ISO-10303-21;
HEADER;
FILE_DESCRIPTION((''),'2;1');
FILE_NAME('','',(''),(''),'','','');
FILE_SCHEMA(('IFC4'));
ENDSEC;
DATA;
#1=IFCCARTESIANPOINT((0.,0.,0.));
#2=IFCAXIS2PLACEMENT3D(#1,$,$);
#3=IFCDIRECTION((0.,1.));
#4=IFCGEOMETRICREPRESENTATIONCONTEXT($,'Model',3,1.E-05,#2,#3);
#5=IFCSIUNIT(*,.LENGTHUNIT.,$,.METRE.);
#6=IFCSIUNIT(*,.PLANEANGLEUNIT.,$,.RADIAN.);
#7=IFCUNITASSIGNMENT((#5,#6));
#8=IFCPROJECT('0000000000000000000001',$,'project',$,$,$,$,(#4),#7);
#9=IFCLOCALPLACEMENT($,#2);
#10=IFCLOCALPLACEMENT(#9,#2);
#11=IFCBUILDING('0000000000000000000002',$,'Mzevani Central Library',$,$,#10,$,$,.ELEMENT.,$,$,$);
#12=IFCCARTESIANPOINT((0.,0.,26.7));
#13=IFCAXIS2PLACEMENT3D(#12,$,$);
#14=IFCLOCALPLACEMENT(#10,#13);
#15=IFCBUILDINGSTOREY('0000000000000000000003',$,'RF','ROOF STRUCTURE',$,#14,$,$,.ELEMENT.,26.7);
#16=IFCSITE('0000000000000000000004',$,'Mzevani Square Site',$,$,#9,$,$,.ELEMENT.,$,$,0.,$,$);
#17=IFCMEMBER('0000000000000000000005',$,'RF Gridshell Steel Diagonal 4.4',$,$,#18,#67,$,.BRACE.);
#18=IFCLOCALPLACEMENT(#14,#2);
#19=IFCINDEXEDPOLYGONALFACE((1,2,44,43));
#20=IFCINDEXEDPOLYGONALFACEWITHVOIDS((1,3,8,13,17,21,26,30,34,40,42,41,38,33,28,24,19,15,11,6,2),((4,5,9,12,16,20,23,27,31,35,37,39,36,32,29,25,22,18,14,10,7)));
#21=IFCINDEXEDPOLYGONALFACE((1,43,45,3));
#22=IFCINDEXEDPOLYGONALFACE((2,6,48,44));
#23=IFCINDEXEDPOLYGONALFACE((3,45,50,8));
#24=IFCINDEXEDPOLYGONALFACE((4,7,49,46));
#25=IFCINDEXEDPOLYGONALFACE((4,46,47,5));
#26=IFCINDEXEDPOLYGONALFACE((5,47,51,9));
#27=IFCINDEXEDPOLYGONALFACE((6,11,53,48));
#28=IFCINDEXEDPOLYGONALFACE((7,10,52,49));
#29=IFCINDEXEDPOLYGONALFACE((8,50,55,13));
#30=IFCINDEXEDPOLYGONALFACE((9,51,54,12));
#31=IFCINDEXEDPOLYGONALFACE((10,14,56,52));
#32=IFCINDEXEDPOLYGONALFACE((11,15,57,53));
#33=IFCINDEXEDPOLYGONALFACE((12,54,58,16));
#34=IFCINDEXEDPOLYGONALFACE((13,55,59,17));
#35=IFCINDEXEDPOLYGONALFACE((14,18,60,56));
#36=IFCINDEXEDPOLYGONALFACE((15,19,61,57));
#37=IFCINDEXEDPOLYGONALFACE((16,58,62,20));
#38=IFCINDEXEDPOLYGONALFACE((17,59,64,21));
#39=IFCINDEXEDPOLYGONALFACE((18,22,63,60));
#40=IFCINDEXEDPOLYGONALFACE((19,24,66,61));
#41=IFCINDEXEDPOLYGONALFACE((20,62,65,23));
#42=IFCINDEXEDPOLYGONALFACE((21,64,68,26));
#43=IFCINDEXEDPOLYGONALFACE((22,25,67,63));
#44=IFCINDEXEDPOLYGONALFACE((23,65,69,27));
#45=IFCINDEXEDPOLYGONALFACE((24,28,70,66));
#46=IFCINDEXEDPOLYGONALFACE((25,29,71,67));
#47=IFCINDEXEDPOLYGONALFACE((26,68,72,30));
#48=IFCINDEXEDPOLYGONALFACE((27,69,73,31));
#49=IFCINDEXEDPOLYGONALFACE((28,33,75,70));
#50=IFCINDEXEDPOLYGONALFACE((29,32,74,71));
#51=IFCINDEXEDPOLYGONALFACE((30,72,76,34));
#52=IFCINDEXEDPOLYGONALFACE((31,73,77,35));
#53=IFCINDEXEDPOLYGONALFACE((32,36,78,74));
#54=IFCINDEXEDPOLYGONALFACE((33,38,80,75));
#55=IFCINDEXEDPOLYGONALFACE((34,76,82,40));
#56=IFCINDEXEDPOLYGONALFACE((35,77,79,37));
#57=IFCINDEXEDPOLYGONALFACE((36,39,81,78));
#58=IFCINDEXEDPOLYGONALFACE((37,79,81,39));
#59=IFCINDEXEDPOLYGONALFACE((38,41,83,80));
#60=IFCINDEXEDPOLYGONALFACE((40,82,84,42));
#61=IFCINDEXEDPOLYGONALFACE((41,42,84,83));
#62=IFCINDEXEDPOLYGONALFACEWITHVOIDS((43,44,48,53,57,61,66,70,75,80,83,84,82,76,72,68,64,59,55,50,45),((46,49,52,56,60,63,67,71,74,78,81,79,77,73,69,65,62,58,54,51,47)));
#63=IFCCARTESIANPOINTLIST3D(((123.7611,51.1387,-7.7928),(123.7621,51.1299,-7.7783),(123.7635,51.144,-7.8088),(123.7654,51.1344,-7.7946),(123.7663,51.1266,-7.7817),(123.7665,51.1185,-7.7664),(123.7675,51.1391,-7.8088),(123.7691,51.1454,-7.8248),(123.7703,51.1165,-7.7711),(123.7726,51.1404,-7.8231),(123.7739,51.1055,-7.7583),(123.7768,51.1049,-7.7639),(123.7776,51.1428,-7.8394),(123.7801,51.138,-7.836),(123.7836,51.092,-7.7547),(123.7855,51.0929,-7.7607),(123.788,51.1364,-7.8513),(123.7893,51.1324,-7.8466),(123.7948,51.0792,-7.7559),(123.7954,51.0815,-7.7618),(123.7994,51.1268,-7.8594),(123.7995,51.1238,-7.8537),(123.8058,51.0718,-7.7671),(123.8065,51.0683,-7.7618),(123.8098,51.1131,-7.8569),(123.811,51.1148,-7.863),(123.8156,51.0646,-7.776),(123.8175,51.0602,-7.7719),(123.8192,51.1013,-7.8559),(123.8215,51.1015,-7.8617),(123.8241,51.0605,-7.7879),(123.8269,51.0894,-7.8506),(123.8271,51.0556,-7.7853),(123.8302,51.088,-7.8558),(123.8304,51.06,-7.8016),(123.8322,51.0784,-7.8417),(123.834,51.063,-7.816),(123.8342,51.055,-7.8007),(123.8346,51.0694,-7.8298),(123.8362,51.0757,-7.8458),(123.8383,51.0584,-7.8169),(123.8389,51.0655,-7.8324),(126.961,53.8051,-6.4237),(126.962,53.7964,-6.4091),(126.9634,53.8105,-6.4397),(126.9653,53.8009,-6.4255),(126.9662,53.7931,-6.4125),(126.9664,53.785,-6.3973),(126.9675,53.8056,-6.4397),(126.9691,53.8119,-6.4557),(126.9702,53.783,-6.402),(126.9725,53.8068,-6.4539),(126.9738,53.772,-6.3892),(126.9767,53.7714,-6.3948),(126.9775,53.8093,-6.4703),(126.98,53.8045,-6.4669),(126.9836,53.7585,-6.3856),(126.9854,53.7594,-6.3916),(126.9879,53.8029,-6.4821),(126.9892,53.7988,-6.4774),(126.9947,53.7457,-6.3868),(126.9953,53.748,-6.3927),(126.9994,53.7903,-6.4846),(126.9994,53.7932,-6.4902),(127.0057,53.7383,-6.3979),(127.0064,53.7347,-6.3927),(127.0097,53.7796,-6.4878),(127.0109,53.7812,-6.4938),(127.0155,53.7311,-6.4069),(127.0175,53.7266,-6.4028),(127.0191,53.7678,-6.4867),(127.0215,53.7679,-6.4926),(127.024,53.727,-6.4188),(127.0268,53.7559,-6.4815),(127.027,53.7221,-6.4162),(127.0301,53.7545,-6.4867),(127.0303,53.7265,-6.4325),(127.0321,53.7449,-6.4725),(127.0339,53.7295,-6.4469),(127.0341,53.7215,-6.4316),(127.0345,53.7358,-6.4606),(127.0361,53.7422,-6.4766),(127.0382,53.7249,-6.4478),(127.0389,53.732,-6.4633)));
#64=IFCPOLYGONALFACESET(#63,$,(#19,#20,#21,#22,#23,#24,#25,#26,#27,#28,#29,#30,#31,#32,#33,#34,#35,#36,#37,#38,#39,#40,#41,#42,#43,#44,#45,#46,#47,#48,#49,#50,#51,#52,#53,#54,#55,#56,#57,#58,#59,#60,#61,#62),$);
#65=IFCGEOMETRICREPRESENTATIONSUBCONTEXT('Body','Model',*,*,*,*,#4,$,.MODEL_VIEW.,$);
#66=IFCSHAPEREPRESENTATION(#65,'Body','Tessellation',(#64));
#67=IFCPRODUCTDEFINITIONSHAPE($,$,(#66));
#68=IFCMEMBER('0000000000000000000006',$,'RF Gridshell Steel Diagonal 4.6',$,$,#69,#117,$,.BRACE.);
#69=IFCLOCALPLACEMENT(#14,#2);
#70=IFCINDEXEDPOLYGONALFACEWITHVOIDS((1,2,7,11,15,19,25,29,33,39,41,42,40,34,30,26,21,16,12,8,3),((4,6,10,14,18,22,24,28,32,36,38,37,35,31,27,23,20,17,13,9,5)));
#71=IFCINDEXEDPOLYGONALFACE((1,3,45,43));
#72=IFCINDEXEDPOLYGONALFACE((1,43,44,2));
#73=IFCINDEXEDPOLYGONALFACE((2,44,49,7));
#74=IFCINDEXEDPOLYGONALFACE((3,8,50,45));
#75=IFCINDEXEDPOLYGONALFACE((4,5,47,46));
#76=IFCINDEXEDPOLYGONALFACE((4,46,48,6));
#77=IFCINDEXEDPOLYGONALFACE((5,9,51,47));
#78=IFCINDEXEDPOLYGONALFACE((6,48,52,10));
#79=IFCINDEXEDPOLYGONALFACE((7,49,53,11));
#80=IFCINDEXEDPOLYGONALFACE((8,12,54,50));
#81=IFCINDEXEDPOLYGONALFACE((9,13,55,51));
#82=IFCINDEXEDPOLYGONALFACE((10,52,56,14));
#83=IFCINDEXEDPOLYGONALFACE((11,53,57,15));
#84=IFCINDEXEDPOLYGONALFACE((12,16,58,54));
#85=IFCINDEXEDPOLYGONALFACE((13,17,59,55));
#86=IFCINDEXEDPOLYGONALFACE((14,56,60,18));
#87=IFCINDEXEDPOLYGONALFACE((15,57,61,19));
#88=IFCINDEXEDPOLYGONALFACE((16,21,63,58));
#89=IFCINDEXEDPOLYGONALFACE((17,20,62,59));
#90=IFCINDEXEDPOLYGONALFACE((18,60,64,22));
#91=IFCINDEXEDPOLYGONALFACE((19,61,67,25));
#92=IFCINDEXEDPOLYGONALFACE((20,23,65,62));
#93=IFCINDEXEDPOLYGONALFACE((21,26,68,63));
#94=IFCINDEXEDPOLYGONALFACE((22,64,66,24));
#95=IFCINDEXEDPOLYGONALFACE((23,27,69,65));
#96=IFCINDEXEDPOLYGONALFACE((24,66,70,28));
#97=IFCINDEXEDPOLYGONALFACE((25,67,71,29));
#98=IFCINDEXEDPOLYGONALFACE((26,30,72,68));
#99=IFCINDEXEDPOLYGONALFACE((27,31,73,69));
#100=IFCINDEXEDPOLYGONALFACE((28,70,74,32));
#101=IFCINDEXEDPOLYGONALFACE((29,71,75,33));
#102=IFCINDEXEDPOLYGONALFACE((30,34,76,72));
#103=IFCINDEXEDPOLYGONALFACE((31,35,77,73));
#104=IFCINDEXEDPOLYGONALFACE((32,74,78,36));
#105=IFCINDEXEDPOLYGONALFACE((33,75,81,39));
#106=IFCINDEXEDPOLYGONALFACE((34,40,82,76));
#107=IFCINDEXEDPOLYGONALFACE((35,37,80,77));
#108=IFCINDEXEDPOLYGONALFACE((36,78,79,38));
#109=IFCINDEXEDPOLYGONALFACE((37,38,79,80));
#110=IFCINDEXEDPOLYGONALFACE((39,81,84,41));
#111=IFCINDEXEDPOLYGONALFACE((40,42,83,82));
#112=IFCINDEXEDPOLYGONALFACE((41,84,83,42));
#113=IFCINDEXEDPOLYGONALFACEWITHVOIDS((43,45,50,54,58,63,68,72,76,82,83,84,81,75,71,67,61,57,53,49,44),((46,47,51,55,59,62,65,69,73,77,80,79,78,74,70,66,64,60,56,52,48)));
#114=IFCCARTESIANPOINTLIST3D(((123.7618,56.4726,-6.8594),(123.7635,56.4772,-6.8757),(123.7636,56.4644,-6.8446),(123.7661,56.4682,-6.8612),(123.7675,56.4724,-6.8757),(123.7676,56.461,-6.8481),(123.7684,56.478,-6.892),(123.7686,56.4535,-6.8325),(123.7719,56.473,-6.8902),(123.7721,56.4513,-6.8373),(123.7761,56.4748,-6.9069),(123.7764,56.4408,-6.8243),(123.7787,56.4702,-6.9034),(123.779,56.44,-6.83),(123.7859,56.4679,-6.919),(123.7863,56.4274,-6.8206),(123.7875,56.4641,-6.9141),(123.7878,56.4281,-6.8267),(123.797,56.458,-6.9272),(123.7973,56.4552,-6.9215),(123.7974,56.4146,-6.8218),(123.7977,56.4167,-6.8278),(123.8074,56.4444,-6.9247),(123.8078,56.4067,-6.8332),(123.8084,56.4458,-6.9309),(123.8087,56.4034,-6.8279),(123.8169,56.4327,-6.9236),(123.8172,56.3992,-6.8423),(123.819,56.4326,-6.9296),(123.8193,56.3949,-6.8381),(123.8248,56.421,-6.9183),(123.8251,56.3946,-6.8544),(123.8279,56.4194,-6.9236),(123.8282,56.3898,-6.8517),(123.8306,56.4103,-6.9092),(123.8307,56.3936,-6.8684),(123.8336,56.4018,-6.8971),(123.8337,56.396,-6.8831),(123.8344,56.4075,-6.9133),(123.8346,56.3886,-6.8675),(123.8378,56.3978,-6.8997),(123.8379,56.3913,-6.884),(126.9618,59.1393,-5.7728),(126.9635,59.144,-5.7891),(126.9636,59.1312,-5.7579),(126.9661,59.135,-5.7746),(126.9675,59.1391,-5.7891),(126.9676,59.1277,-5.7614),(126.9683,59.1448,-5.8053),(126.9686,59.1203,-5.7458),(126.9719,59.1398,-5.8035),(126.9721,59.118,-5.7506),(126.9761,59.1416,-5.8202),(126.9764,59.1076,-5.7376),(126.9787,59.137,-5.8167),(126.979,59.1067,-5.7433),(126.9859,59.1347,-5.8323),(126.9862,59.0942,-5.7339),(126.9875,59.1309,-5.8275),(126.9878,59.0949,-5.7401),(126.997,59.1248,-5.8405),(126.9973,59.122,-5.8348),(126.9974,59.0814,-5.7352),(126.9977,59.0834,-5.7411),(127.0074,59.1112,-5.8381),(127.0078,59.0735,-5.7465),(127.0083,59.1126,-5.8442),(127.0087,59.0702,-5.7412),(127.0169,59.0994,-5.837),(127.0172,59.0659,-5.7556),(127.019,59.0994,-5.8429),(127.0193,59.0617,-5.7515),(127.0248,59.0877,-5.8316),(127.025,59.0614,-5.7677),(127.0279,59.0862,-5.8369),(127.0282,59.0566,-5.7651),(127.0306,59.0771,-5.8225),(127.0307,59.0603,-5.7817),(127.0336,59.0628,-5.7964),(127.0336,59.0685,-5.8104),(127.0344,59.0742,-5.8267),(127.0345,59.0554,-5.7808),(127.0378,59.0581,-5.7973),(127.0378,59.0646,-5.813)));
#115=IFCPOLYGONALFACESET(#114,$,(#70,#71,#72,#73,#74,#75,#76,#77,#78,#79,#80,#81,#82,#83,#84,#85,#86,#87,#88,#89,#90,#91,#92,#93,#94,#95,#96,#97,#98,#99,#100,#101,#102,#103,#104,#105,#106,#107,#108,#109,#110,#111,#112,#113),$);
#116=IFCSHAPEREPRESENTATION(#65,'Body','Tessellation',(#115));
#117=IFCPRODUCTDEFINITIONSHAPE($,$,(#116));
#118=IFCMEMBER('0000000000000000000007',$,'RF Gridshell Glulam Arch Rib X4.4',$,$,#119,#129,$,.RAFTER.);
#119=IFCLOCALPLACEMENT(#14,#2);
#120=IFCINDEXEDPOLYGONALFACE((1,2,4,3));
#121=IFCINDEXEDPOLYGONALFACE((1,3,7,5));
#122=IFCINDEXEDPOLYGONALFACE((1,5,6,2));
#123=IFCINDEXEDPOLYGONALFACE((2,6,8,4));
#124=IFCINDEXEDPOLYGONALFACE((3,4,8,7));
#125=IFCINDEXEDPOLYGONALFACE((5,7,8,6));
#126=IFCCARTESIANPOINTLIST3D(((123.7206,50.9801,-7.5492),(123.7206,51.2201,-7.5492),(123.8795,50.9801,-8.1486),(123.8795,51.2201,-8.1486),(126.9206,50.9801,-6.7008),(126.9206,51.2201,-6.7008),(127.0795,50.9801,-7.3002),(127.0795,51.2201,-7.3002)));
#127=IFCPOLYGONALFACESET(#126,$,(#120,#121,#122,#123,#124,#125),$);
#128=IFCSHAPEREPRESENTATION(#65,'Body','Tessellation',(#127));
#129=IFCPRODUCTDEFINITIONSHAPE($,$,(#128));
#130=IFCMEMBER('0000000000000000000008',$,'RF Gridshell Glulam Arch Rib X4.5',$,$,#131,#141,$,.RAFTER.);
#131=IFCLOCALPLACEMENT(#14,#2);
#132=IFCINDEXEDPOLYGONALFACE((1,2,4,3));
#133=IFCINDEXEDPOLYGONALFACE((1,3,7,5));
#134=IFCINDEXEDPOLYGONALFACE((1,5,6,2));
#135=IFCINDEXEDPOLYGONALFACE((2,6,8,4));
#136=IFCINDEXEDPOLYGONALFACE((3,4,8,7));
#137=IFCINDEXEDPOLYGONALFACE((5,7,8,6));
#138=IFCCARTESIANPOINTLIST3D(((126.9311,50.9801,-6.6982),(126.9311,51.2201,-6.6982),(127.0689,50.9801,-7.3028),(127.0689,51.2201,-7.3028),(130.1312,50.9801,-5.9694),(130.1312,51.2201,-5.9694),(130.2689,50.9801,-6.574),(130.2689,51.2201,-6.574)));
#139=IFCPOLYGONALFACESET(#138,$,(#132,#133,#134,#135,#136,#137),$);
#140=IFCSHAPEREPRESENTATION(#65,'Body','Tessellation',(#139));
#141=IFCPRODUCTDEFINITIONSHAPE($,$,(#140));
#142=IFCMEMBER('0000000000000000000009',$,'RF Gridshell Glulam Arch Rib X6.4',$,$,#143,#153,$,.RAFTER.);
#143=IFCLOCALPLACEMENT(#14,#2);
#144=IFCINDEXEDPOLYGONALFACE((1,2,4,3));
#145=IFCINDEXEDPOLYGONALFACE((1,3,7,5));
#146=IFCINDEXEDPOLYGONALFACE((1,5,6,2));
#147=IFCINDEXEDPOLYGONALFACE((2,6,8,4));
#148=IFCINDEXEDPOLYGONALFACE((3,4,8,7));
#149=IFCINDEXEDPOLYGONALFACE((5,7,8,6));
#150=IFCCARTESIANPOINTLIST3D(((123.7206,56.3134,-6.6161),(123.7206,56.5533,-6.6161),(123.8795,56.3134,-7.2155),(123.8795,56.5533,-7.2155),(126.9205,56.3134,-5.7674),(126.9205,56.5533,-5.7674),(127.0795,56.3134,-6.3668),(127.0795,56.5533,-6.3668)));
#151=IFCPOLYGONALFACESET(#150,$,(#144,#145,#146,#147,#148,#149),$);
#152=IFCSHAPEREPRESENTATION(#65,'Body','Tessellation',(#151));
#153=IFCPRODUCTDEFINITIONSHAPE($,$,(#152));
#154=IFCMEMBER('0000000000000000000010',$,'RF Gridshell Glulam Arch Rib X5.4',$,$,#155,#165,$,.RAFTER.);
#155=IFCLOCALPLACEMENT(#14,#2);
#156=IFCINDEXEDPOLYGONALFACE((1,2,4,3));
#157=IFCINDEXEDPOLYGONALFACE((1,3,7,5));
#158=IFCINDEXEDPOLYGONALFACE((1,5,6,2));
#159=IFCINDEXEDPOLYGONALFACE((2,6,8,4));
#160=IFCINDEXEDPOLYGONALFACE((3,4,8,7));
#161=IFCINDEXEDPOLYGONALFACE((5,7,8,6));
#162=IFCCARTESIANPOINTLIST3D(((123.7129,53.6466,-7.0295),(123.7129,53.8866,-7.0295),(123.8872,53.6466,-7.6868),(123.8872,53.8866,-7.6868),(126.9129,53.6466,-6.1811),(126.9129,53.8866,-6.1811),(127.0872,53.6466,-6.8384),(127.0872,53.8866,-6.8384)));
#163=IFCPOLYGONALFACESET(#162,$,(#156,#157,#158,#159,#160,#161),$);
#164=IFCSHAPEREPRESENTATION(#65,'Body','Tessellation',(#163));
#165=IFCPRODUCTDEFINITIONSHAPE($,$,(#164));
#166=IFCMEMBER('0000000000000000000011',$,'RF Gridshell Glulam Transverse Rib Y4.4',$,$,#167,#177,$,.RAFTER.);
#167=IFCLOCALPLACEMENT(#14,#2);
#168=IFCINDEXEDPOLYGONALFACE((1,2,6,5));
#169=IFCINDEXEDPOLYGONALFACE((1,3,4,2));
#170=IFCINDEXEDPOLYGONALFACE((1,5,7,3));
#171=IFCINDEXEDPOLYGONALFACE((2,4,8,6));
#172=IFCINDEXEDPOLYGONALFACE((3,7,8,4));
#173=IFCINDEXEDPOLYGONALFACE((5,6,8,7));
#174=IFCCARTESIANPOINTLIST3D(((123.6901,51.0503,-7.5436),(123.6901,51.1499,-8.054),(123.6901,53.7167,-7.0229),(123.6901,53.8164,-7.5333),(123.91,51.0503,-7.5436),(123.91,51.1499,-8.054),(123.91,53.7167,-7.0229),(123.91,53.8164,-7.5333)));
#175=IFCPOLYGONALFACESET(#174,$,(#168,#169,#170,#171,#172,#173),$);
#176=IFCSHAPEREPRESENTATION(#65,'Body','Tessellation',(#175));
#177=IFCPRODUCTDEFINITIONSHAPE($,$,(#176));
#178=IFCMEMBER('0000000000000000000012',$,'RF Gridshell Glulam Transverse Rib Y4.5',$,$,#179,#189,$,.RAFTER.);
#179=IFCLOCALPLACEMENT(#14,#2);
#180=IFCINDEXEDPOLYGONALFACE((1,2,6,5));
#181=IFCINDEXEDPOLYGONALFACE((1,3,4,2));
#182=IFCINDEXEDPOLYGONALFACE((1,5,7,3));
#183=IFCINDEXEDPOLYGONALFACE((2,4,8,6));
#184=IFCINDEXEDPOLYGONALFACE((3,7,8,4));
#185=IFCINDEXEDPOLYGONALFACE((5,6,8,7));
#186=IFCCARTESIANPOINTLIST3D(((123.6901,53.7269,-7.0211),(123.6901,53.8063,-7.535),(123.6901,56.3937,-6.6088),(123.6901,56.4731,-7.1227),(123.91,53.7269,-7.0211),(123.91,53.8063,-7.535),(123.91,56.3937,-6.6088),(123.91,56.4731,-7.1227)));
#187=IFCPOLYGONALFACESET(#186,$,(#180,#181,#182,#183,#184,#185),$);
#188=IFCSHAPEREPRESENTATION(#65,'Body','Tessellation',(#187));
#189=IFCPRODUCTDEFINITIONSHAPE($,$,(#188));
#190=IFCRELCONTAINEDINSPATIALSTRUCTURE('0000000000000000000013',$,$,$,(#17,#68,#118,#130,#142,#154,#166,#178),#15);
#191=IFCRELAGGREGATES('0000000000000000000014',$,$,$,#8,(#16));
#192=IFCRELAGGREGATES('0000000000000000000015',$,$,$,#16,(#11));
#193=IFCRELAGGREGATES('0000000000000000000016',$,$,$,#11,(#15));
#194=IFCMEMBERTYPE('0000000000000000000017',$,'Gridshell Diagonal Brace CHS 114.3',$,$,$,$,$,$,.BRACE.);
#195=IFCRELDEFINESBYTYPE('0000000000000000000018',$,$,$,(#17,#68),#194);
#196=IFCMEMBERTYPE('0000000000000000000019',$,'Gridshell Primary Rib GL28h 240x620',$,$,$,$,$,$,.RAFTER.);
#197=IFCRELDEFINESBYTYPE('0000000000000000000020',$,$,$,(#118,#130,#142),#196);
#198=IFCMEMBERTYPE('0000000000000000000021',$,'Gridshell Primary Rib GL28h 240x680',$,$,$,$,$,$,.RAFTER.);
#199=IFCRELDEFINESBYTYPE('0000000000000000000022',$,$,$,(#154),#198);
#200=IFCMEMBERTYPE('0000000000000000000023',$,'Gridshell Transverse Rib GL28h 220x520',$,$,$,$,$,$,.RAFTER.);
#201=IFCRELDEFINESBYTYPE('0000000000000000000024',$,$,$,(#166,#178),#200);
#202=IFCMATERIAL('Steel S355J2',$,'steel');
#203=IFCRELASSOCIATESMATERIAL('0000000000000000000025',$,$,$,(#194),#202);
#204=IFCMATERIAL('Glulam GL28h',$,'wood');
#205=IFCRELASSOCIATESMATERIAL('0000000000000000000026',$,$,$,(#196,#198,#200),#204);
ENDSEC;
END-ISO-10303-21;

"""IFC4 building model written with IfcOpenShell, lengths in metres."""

from ifc_helpers import new_model, si_unit, direction, frame, origin, origin_2d, place, context, subcontext, project, spatial, rectangle, hollow_circle, extrude, material, material_profile, profile_set, type_object, element, save


model = new_model("IFC4")

# Units and contexts
model_context = context("Model", 3, precision=1e-05, world=origin(), true_north=direction((0.0, 1.0)))
body_context = subcontext(model_context, "Body", "Model", "MODEL_VIEW")
ifc_project = project(units=[si_unit("LENGTHUNIT", "METRE"), si_unit("PLANEANGLEUNIT", "RADIAN")], contexts=[model_context])

# Site, building, storey
site_placement = place(None, origin())
site = spatial("IfcSite", under=ifc_project, at=site_placement, Name="Mzevani Square Site", CompositionType="ELEMENT", RefElevation=0.0)
building_placement = place(site_placement, origin())
building = spatial("IfcBuilding", under=site, at=building_placement, Name="Mzevani Central Library", CompositionType="ELEMENT")
storey_placement = place(building_placement, frame((0.0, 0.0, 26.7)))
storey = spatial("IfcBuildingStorey", under=building, at=storey_placement, Name="RF", Description="ROOF STRUCTURE", CompositionType="ELEMENT", Elevation=26.7)

# Members
ifc_material_1 = material(Name="Steel S355J2", Category="steel")
ifc_material_profile_1 = material_profile(ifc_material_1, hollow_circle(Radius=0.0571, WallThickness=0.0063, at=origin_2d()), Name="CHS 114.3x6.3")
ifc_profile_set_1 = profile_set([ifc_material_profile_1], Name="Steel S355J2")
member_type_1 = type_object("IfcMemberType", Name="Gridshell Diagonal Brace CHS 114.3", PredefinedType="BRACE", material=ifc_profile_set_1)
member_1_placement = place(storey_placement, frame((123.8, 51.1001, -7.8088), z_axis=(0.729821, 0.608156, 0.312263), x_axis=(-0.640167, 0.768236, 0.0)))
element("IfcMember", 1, at=member_1_placement, inside=storey, type_object=member_type_1, Name="RF Gridshell Steel Diagonal 4.4", PredefinedType="BRACE", context=body_context, shape_type="SweptSolid", body=[
    extrude(hollow_circle(Radius=0.0571, WallThickness=0.0063, at=origin_2d()), origin(), (0.0, 0.0, 1.0), 4.3845),
])
member_2_placement = place(storey_placement, frame((123.8, 56.4333, -6.8757), z_axis=(0.743329, 0.619469, 0.252427), x_axis=(-0.640202, 0.768207, 0.0)))
element("IfcMember", 2, at=member_2_placement, inside=storey, type_object=member_type_1, Name="RF Gridshell Steel Diagonal 4.6", PredefinedType="BRACE", context=body_context, shape_type="SweptSolid", body=[
    extrude(hollow_circle(Radius=0.0571, WallThickness=0.0063, at=origin_2d()), origin(), (0.0, 0.0, 1.0), 4.3049),
])
ifc_material_2 = material(Name="Glulam GL28h", Category="wood")
ifc_material_profile_2 = material_profile(ifc_material_2, rectangle(XDim=0.24, YDim=0.6201, at=origin_2d()), Name="GL28h 240x620")
ifc_profile_set_2 = profile_set([ifc_material_profile_2], Name="Glulam GL28h")
member_type_2 = type_object("IfcMemberType", Name="Gridshell Primary Rib GL28h 240x620", PredefinedType="RAFTER", material=ifc_profile_set_2)
member_3_placement = place(storey_placement, frame((123.8, 51.1001, -7.8489), z_axis=(0.966605, 0.0, 0.256272), x_axis=(0.0, 1.0, 0.0)))
element("IfcMember", 3, at=member_3_placement, inside=storey, type_object=member_type_2, Name="RF Gridshell Glulam Arch Rib X4.4", PredefinedType="RAFTER", context=body_context, shape_type="SweptSolid", body=[
    extrude(rectangle(XDim=0.24, YDim=0.6201, at=origin_2d()), origin(), (0.0, 0.0, 1.0), 3.3105),
])
member_4_placement = place(storey_placement, frame((127.0, 51.1001, -7.0005), z_axis=(0.975034, 0.0, 0.222055), x_axis=(0.0, 1.0, 0.0)))
element("IfcMember", 4, at=member_4_placement, inside=storey, type_object=member_type_2, Name="RF Gridshell Glulam Arch Rib X4.5", PredefinedType="RAFTER", context=body_context, shape_type="SweptSolid", body=[
    extrude(rectangle(XDim=0.24, YDim=0.6201, at=origin_2d()), origin(), (0.0, 0.0, 1.0), 3.282),
])
member_5_placement = place(storey_placement, frame((123.8, 56.4333, -6.9158), z_axis=(0.966587, 0.0, 0.25634), x_axis=(0.0, 1.0, 0.0)))
element("IfcMember", 5, at=member_5_placement, inside=storey, type_object=member_type_2, Name="RF Gridshell Glulam Arch Rib X6.4", PredefinedType="RAFTER", context=body_context, shape_type="SweptSolid", body=[
    extrude(rectangle(XDim=0.24, YDim=0.6201, at=origin_2d()), origin(), (0.0, 0.0, 1.0), 3.3105),
])
ifc_material_profile_3 = material_profile(ifc_material_2, rectangle(XDim=0.24, YDim=0.6799, at=origin_2d()), Name="GL28h 240x680")
ifc_profile_set_3 = profile_set([ifc_material_profile_3], Name="Glulam GL28h")
member_type_3 = type_object("IfcMemberType", Name="Gridshell Primary Rib GL28h 240x680", PredefinedType="RAFTER", material=ifc_profile_set_3)
member_6_placement = place(storey_placement, frame((123.8, 53.7666, -7.3582), z_axis=(0.966605, 0.0, 0.256272), x_axis=(0.0, 1.0, 0.0)))
element("IfcMember", 6, at=member_6_placement, inside=storey, type_object=member_type_3, Name="RF Gridshell Glulam Arch Rib X5.4", PredefinedType="RAFTER", context=body_context, shape_type="SweptSolid", body=[
    extrude(rectangle(XDim=0.24, YDim=0.6799, at=origin_2d()), origin(), (0.0, 0.0, 1.0), 3.3105),
])
ifc_material_profile_4 = material_profile(ifc_material_2, rectangle(XDim=0.22, YDim=0.52, at=origin_2d()), Name="GL28h 220x520")
ifc_profile_set_4 = profile_set([ifc_material_profile_4], Name="Glulam GL28h")
member_type_4 = type_object("IfcMemberType", Name="Gridshell Transverse Rib GL28h 220x520", PredefinedType="RAFTER", material=ifc_profile_set_4)
member_7_placement = place(storey_placement, frame((123.8, 51.1001, -7.7988), z_axis=(0.0, 0.981459, 0.191673), x_axis=(-1.0, 0.0, 0.0)))
element("IfcMember", 7, at=member_7_placement, inside=storey, type_object=member_type_4, Name="RF Gridshell Glulam Transverse Rib Y4.4", PredefinedType="RAFTER", context=body_context, shape_type="SweptSolid", body=[
    extrude(rectangle(XDim=0.22, YDim=0.52, at=origin_2d()), origin(), (0.0, 0.0, 1.0), 2.7168),
])
member_8_placement = place(storey_placement, frame((123.8, 53.7666, -7.2781), z_axis=(0.0, 0.988255, 0.152812), x_axis=(-1.0, 0.0, 0.0)))
element("IfcMember", 8, at=member_8_placement, inside=storey, type_object=member_type_4, Name="RF Gridshell Glulam Transverse Rib Y4.5", PredefinedType="RAFTER", context=body_context, shape_type="SweptSolid", body=[
    extrude(rectangle(XDim=0.22, YDim=0.52, at=origin_2d()), origin(), (0.0, 0.0, 1.0), 2.6985),
])

save(model, "model.ifc")
